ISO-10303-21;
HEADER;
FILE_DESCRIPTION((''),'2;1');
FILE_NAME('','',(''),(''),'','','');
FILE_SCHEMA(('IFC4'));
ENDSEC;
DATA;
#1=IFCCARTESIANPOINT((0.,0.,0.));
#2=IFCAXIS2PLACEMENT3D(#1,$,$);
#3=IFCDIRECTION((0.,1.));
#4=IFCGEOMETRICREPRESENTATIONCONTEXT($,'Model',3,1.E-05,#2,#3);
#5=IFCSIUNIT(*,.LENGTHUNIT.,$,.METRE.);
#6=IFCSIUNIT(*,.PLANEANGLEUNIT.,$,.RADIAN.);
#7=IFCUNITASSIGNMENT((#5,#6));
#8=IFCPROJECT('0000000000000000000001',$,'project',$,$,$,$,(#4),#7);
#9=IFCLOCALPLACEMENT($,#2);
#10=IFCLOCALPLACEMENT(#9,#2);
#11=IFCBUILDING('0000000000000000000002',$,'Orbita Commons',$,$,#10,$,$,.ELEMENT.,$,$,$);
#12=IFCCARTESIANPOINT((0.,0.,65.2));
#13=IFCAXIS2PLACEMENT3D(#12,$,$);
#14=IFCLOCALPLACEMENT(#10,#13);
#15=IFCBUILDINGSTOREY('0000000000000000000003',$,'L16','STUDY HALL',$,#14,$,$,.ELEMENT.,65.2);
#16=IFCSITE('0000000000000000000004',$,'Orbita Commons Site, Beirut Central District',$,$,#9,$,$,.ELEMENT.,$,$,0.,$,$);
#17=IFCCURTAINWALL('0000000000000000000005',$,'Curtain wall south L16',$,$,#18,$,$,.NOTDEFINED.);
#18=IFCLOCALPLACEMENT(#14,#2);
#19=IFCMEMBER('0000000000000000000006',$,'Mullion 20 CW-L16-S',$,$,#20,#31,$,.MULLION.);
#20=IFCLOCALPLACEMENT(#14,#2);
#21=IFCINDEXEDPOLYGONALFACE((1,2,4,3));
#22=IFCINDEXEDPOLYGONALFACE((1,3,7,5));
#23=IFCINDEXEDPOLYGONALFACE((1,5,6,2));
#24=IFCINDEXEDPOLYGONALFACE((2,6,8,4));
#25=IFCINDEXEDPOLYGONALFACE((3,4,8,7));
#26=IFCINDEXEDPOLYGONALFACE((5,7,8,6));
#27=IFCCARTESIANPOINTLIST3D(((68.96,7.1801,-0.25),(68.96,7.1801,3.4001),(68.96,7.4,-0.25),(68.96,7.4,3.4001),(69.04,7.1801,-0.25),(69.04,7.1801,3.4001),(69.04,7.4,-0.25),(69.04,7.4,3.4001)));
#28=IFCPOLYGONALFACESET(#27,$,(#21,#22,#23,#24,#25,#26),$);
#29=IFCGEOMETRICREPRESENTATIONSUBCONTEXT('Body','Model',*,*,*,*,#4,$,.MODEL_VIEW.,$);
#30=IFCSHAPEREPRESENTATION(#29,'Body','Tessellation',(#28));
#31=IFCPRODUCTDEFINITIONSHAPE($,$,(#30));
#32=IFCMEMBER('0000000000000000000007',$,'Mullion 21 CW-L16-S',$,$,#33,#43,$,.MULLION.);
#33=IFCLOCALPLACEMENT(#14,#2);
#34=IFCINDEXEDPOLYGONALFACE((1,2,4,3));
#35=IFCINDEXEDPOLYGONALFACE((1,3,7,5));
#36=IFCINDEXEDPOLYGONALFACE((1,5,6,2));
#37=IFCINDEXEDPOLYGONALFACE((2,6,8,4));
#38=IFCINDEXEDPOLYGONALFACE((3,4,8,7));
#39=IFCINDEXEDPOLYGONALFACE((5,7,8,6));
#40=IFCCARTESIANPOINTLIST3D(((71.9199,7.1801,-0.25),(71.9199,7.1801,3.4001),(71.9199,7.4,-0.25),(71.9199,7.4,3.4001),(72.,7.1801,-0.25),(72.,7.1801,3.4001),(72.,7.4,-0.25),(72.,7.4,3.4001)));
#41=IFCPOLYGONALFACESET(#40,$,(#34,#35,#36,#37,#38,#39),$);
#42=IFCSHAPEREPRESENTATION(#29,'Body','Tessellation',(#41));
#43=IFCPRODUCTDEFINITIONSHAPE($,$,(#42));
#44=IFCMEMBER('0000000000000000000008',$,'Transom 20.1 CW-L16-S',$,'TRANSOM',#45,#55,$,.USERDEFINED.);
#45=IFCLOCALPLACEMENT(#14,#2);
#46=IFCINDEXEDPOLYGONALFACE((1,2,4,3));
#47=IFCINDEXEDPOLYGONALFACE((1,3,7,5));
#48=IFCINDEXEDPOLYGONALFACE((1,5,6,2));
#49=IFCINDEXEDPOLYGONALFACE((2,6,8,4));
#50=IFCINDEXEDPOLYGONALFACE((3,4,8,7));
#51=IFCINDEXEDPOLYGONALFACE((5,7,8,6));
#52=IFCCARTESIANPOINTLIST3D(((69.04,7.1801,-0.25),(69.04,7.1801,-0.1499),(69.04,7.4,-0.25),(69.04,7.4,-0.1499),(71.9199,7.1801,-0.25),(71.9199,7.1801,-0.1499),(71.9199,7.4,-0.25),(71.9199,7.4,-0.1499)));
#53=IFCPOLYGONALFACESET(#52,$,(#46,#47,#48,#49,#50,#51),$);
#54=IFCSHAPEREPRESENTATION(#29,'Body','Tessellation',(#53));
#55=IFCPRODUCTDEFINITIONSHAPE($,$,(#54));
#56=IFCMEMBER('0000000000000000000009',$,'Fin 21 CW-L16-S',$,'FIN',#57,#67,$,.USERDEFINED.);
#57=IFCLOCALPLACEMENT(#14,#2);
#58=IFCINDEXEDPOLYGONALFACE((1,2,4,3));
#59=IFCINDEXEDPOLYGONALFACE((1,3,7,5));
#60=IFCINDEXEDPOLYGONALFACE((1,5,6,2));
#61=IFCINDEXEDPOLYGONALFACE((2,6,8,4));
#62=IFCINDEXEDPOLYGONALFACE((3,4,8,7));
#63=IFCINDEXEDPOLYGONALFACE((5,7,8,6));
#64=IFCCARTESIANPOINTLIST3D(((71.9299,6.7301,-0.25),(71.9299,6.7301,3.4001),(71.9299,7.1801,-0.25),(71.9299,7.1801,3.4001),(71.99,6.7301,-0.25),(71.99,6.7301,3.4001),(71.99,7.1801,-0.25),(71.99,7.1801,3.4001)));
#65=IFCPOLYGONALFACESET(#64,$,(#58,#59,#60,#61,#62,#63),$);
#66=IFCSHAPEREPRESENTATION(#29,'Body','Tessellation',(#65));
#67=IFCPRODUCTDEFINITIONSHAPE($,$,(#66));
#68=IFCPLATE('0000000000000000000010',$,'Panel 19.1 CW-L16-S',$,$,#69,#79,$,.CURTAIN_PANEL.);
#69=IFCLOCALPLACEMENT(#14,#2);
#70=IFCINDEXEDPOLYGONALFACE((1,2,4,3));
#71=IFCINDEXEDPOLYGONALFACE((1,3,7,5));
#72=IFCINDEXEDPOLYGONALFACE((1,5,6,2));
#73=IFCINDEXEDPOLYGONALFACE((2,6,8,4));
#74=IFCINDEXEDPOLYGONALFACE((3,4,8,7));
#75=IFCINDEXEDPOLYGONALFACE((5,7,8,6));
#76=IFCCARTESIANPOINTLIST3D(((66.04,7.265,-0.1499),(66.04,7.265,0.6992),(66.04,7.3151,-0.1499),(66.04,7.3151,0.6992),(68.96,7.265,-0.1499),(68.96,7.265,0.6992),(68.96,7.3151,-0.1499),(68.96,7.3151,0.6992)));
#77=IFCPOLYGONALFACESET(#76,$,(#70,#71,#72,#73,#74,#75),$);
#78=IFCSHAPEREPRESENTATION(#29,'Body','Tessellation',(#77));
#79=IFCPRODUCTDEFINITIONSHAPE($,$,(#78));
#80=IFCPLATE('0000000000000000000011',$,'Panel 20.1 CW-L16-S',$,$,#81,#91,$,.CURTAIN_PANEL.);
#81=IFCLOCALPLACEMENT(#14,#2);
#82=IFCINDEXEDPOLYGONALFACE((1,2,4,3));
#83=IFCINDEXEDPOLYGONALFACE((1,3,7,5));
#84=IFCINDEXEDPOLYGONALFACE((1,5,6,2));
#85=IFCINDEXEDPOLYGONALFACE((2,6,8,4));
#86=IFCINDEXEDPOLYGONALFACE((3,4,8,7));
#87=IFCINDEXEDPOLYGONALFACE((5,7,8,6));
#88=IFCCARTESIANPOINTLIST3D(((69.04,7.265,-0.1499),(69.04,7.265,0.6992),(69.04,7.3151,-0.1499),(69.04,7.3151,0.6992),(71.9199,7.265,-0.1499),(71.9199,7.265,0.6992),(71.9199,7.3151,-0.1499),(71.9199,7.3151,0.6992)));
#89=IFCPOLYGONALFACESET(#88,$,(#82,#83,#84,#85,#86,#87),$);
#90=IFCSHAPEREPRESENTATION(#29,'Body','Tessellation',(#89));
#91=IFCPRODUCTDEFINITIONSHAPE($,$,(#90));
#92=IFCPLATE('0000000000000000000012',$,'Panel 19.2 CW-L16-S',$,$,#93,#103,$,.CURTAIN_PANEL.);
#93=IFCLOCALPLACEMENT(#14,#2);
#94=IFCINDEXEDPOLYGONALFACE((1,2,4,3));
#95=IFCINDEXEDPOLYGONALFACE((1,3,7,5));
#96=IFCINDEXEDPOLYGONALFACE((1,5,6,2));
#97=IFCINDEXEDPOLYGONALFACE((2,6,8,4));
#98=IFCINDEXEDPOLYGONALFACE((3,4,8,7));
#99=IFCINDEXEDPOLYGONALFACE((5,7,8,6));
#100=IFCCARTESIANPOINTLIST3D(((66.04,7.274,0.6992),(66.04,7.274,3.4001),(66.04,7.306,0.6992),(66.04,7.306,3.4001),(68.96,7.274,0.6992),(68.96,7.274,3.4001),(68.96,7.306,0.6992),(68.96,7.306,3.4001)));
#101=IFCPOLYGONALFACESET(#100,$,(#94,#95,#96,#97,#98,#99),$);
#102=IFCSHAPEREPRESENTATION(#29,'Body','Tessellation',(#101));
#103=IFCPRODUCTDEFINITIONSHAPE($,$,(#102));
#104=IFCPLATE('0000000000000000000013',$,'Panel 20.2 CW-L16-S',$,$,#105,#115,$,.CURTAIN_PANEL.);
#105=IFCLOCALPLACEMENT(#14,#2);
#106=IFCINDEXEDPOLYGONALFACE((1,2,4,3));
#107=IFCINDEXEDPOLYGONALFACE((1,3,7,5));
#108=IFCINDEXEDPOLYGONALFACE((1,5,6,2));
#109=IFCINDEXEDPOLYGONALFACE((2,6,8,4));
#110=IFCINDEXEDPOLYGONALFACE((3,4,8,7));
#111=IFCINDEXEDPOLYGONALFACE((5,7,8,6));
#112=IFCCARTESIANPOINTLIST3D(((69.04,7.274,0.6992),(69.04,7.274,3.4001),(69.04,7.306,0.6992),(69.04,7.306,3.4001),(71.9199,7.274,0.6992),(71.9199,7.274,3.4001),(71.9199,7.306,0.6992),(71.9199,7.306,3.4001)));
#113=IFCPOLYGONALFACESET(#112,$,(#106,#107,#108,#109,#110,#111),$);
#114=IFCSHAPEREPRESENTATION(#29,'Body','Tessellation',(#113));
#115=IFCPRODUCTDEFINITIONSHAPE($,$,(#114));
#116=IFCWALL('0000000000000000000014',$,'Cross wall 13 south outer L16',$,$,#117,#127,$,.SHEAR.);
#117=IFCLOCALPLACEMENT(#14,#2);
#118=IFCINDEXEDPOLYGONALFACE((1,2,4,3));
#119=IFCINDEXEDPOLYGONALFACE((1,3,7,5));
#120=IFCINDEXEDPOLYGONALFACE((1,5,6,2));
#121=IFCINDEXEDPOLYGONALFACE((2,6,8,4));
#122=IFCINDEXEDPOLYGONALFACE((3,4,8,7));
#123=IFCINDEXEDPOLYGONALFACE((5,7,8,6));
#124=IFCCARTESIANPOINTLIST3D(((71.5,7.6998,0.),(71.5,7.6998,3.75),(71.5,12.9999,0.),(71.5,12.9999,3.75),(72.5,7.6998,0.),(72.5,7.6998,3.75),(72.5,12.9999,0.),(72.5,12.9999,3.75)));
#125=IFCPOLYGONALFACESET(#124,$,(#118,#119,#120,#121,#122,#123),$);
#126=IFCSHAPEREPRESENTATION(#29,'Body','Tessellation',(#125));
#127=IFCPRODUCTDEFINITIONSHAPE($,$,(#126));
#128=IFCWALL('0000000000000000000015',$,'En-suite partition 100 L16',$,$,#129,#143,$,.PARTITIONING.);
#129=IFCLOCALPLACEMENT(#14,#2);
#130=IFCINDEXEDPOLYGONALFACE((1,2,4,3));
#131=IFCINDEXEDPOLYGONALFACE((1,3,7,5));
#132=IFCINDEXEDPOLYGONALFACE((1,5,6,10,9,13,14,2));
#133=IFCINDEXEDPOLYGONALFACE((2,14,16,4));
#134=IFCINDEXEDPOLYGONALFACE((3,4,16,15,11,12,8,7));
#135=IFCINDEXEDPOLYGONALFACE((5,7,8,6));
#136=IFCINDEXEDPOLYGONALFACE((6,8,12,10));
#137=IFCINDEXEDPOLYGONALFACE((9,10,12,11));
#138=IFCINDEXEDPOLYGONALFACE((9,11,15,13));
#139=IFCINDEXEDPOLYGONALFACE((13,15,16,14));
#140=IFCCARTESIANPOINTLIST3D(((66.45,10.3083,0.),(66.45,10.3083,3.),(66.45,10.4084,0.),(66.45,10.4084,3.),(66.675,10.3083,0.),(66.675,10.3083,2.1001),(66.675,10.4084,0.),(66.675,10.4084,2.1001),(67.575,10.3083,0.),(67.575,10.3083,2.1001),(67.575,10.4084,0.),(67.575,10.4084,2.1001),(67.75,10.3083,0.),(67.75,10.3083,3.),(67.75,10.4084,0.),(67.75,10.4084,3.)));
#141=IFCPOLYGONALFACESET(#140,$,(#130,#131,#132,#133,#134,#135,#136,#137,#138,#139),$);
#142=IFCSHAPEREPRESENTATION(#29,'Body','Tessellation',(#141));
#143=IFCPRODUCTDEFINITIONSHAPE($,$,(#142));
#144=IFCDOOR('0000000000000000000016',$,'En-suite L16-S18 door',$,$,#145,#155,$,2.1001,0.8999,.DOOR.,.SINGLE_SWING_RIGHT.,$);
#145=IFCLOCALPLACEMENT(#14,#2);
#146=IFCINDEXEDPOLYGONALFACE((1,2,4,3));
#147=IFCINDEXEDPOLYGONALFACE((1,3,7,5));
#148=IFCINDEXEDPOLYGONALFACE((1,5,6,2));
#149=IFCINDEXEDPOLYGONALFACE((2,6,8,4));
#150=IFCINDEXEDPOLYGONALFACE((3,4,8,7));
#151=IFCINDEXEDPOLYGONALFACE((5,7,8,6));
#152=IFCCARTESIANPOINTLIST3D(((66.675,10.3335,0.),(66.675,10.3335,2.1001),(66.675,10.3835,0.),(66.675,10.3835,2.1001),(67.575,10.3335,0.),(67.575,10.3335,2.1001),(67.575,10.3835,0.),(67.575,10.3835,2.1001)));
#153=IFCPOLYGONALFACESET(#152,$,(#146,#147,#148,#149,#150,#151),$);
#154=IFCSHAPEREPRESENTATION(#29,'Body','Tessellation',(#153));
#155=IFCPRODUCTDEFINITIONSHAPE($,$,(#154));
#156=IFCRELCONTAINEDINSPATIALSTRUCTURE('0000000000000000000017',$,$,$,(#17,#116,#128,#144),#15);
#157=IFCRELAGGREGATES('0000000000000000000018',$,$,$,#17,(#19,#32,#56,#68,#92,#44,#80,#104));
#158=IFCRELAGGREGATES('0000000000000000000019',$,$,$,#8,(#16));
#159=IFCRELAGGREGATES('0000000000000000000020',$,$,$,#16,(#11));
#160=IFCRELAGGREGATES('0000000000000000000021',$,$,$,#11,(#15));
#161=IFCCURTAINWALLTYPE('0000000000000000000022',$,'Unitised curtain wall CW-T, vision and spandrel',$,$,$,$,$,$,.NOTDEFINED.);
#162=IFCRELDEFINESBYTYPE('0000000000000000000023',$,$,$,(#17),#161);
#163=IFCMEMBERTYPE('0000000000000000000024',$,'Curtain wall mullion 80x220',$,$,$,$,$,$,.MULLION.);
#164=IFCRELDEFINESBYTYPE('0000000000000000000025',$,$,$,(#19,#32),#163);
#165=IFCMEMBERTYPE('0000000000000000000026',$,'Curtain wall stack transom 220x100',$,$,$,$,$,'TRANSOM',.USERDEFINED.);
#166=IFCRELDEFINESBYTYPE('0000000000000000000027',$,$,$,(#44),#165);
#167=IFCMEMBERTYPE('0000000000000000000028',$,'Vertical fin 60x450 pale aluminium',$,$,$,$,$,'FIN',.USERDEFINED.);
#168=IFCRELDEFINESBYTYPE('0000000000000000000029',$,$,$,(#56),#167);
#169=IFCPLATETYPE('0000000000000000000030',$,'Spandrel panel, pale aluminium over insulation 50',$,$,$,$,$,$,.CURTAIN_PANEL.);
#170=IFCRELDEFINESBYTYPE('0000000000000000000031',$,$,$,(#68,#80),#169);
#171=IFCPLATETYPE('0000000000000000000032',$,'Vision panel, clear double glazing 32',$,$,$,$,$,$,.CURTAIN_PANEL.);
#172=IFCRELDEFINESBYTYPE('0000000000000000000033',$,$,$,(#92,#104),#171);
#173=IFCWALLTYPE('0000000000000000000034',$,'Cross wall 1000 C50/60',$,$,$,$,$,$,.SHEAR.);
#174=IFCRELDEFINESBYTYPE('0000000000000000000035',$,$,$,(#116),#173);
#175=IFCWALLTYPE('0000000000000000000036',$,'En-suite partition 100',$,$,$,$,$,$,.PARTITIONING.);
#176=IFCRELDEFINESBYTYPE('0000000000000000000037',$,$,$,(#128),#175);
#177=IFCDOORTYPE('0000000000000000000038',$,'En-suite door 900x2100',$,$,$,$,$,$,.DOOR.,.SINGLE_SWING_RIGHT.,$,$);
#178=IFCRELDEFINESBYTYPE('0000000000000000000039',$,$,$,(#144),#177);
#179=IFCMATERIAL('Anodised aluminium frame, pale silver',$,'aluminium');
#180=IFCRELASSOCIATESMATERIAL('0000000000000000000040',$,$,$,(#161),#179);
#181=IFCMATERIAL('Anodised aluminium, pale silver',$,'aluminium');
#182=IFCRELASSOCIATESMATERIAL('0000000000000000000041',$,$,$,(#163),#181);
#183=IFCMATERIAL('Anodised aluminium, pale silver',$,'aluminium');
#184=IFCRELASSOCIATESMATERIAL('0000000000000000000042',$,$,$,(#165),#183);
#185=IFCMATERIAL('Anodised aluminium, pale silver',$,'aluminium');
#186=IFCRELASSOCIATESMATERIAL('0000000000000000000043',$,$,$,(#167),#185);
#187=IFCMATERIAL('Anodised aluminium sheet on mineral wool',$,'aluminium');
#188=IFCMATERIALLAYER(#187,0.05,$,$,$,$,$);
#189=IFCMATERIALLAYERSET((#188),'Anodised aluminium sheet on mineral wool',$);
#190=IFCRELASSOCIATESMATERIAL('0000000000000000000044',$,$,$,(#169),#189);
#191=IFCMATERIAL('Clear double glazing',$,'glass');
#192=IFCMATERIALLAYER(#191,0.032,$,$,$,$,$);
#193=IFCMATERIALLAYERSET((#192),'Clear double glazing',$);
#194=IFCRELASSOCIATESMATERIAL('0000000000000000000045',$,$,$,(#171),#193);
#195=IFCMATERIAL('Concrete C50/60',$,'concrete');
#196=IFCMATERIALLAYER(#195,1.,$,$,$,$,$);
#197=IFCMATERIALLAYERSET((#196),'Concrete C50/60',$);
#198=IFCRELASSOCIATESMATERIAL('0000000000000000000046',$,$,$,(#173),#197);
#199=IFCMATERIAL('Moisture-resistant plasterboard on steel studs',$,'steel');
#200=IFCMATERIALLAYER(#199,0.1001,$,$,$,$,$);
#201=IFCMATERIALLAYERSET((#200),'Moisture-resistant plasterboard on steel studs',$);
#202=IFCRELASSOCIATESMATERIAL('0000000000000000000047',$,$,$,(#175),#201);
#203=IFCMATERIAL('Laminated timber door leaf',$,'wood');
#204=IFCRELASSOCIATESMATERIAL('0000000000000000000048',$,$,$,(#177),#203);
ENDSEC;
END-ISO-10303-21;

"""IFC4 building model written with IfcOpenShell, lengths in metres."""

from ifc_helpers import new_model, si_unit, direction, frame, frame_2d, origin, origin_2d, place, context, subcontext, project, spatial, polyline, rectangle, outline, extrude, material, layer, layer_set, material_profile, profile_set, type_object, element, fill, aggregate, save


model = new_model("IFC4")

# Units and contexts
model_context = context("Model", 3, precision=1e-05, world=origin(), true_north=direction((0.0, 1.0)))
body_context = subcontext(model_context, "Body", "Model", "MODEL_VIEW")
ifc_project = project(units=[si_unit("LENGTHUNIT", "METRE"), si_unit("PLANEANGLEUNIT", "RADIAN")], contexts=[model_context])

# Site, building, storey
site_placement = place(None, origin())
site = spatial("IfcSite", under=ifc_project, at=site_placement, Name="Orbita Commons Site, Beirut Central District", CompositionType="ELEMENT", RefElevation=0.0)
building_placement = place(site_placement, origin())
building = spatial("IfcBuilding", under=site, at=building_placement, Name="Orbita Commons", CompositionType="ELEMENT")
storey_placement = place(building_placement, frame((0.0, 0.0, 65.2)))
storey = spatial("IfcBuildingStorey", under=building, at=storey_placement, Name="L16", Description="STUDY HALL", CompositionType="ELEMENT", Elevation=65.2)

# Curtain wall, members, plates
ifc_material_1 = material(Name="Anodised aluminium frame, pale silver", Category="aluminium")
curtain_wall_type = type_object("IfcCurtainWallType", Name="Unitised curtain wall CW-T, vision and spandrel", PredefinedType="NOTDEFINED", material=ifc_material_1)
curtain_wall_placement = place(storey_placement, origin())
curtain_wall = element("IfcCurtainWall", 1, at=curtain_wall_placement, inside=storey, type_object=curtain_wall_type, Name="Curtain wall south L16", PredefinedType="NOTDEFINED")
ifc_material_2 = material(Name="Anodised aluminium, pale silver", Category="aluminium")
ifc_material_profile_1 = material_profile(ifc_material_2, rectangle(XDim=0.0801, YDim=0.22, at=origin_2d()), Name="AL 80x220")
ifc_profile_set_1 = profile_set([ifc_material_profile_1], Name="Anodised aluminium, pale silver")
member_type_1 = type_object("IfcMemberType", Name="Curtain wall mullion 80x220", PredefinedType="MULLION", material=ifc_profile_set_1)
member_1_placement = place(storey_placement, frame((69.0, 7.29, -0.25), z_axis=(0.0, 0.0, 1.0), x_axis=(1.0, 0.0, 0.0)))
member_1 = element("IfcMember", 2, at=member_1_placement, type_object=member_type_1, Name="Mullion 20 CW-L16-S", PredefinedType="MULLION", context=body_context, shape_type="SweptSolid", body=[
    extrude(rectangle(XDim=0.0801, YDim=0.22, at=origin_2d()), origin(), (0.0, 0.0, 1.0), 3.6501),
])
member_2_placement = place(storey_placement, frame((71.96, 7.29, -0.25), z_axis=(0.0, 0.0, 1.0), x_axis=(1.0, 0.0, 0.0)))
member_2 = element("IfcMember", 3, at=member_2_placement, type_object=member_type_1, Name="Mullion 21 CW-L16-S", PredefinedType="MULLION", context=body_context, shape_type="SweptSolid", body=[
    extrude(rectangle(XDim=0.0801, YDim=0.22, at=origin_2d()), origin(), (0.0, 0.0, 1.0), 3.6501),
])
ifc_material_3 = material(Name="Anodised aluminium, pale silver", Category="aluminium")
ifc_material_profile_2 = material_profile(ifc_material_3, rectangle(XDim=0.22, YDim=0.1001, at=origin_2d()), Name="AL 220x100")
ifc_profile_set_2 = profile_set([ifc_material_profile_2], Name="Anodised aluminium, pale silver")
member_type_2 = type_object("IfcMemberType", Name="Curtain wall stack transom 220x100", ElementType="TRANSOM", PredefinedType="USERDEFINED", material=ifc_profile_set_2)
member_3_placement = place(storey_placement, frame((69.04, 7.29, -0.2), z_axis=(1.0, 0.0, 0.0), x_axis=(0.0, 1.0, 0.0)))
member_3 = element("IfcMember", 4, at=member_3_placement, type_object=member_type_2, Name="Transom 20.1 CW-L16-S", ObjectType="TRANSOM", PredefinedType="USERDEFINED", context=body_context, shape_type="SweptSolid", body=[
    extrude(rectangle(XDim=0.22, YDim=0.1001, at=origin_2d()), origin(), (0.0, 0.0, 1.0), 2.8799),
])
ifc_material_4 = material(Name="Anodised aluminium, pale silver", Category="aluminium")
ifc_material_profile_3 = material_profile(ifc_material_4, rectangle(XDim=0.0601, YDim=0.45, at=origin_2d()), Name="FIN 60x450")
ifc_profile_set_3 = profile_set([ifc_material_profile_3], Name="Anodised aluminium, pale silver")
member_type_3 = type_object("IfcMemberType", Name="Vertical fin 60x450 pale aluminium", ElementType="FIN", PredefinedType="USERDEFINED", material=ifc_profile_set_3)
member_4_placement = place(storey_placement, frame((71.96, 6.9551, -0.25), z_axis=(0.0, 0.0, 1.0), x_axis=(1.0, 0.0, 0.0)))
member_4 = element("IfcMember", 5, at=member_4_placement, type_object=member_type_3, Name="Fin 21 CW-L16-S", ObjectType="FIN", PredefinedType="USERDEFINED", context=body_context, shape_type="SweptSolid", body=[
    extrude(rectangle(XDim=0.0601, YDim=0.45, at=origin_2d()), origin(), (0.0, 0.0, 1.0), 3.6501),
])
ifc_material_5 = material(Name="Anodised aluminium sheet on mineral wool", Category="aluminium")
ifc_layer_1 = layer(ifc_material_5, 0.05)
ifc_layer_set_1 = layer_set([ifc_layer_1], Name="Anodised aluminium sheet on mineral wool")
plate_type_1 = type_object("IfcPlateType", Name="Spandrel panel, pale aluminium over insulation 50", PredefinedType="CURTAIN_PANEL", material=ifc_layer_set_1)
plate_1_placement = place(storey_placement, frame((67.5, 7.29, -0.1499), z_axis=(0.0, 0.0, 1.0), x_axis=(1.0, 0.0, 0.0)))
plate_1 = element("IfcPlate", 6, at=plate_1_placement, type_object=plate_type_1, Name="Panel 19.1 CW-L16-S", PredefinedType="CURTAIN_PANEL", context=body_context, shape_type="SweptSolid", body=[
    extrude(rectangle(XDim=2.9199, YDim=0.05, at=origin_2d()), origin(), (0.0, 0.0, 1.0), 0.8491),
])
plate_2_placement = place(storey_placement, frame((70.48, 7.29, -0.1499), z_axis=(0.0, 0.0, 1.0), x_axis=(1.0, 0.0, 0.0)))
plate_2 = element("IfcPlate", 7, at=plate_2_placement, type_object=plate_type_1, Name="Panel 20.1 CW-L16-S", PredefinedType="CURTAIN_PANEL", context=body_context, shape_type="SweptSolid", body=[
    extrude(rectangle(XDim=2.8799, YDim=0.05, at=origin_2d()), origin(), (0.0, 0.0, 1.0), 0.8491),
])
ifc_material_6 = material(Name="Clear double glazing", Category="glass")
ifc_layer_2 = layer(ifc_material_6, 0.032)
ifc_layer_set_2 = layer_set([ifc_layer_2], Name="Clear double glazing")
plate_type_2 = type_object("IfcPlateType", Name="Vision panel, clear double glazing 32", PredefinedType="CURTAIN_PANEL", material=ifc_layer_set_2)
plate_3_placement = place(storey_placement, frame((67.5, 7.29, 0.6992), z_axis=(0.0, 0.0, 1.0), x_axis=(1.0, 0.0, 0.0)))
plate_3 = element("IfcPlate", 8, at=plate_3_placement, type_object=plate_type_2, Name="Panel 19.2 CW-L16-S", PredefinedType="CURTAIN_PANEL", context=body_context, shape_type="SweptSolid", body=[
    extrude(rectangle(XDim=2.9199, YDim=0.032, at=origin_2d()), origin(), (0.0, 0.0, 1.0), 2.7009),
])
plate_4_placement = place(storey_placement, frame((70.48, 7.29, 0.6992), z_axis=(0.0, 0.0, 1.0), x_axis=(1.0, 0.0, 0.0)))
plate_4 = element("IfcPlate", 9, at=plate_4_placement, type_object=plate_type_2, Name="Panel 20.2 CW-L16-S", PredefinedType="CURTAIN_PANEL", context=body_context, shape_type="SweptSolid", body=[
    extrude(rectangle(XDim=2.8799, YDim=0.032, at=origin_2d()), origin(), (0.0, 0.0, 1.0), 2.7009),
])
aggregate(curtain_wall, [member_1, member_2, member_4, plate_1, plate_3, member_3, plate_2, plate_4])

# Wall
ifc_material_7 = material(Name="Concrete C50/60", Category="concrete")
ifc_layer_3 = layer(ifc_material_7, 1.0)
ifc_layer_set_3 = layer_set([ifc_layer_3], Name="Concrete C50/60")
wall_type_1 = type_object("IfcWallType", Name="Cross wall 1000 C50/60", PredefinedType="SHEAR", material=ifc_layer_set_3)
wall_1_placement = place(storey_placement, frame((72.0, 7.7, 0.0), z_axis=(0.0, 0.0, 1.0), x_axis=(0.0, 1.0, 0.0)))
element("IfcWall", 10, at=wall_1_placement, inside=storey, type_object=wall_type_1, Name="Cross wall 13 south outer L16", PredefinedType="SHEAR", context=body_context, shape_type="SweptSolid", body=[
    extrude(rectangle(XDim=5.3, YDim=1.0, at=frame_2d((2.6499, 0.0))), origin(), (0.0, 0.0, 1.0), 3.75),
])

# Wall, opening, door
ifc_material_8 = material(Name="Moisture-resistant plasterboard on steel studs", Category="steel")
ifc_layer_4 = layer(ifc_material_8, 0.1001)
ifc_layer_set_4 = layer_set([ifc_layer_4], Name="Moisture-resistant plasterboard on steel studs")
wall_type_2 = type_object("IfcWallType", Name="En-suite partition 100", PredefinedType="PARTITIONING", material=ifc_layer_set_4)
wall_2_placement = place(storey_placement, frame((67.75, 10.3584, 0.0), z_axis=(0.0, 0.0, 1.0), x_axis=(-1.0, 0.0, 0.0)))
wall_2 = element("IfcWall", 11, at=wall_2_placement, inside=storey, type_object=wall_type_2, Name="En-suite partition 100 L16", PredefinedType="PARTITIONING", context=body_context, shape_type="SweptSolid", body=[
    extrude(outline(polyline([(0.0, 0.0), (1.3, 0.0), (1.3, 3.0), (0.0, 3.0), (0.0, 0.0)])), frame((0.0, 0.05, 0.0), z_axis=(0.0, -1.0, 0.0), x_axis=(1.0, 0.0, 0.0)), (0.0, 0.0, 1.0), 0.1001),
])
opening_1_placement = place(wall_2_placement, frame((0.175, 0.0, 0.0)))
opening_1 = element("IfcOpeningElement", 12, at=opening_1_placement, cuts=wall_2, PredefinedType="OPENING", context=body_context, shape_type="SweptSolid", body=[
    extrude(rectangle(XDim=0.8999, YDim=2.1001, at=frame_2d((0.45, 1.05))), frame((0.0, 0.0601, 0.0), z_axis=(0.0, -1.0, 0.0), x_axis=(1.0, 0.0, 0.0)), (0.0, 0.0, 1.0), 0.1201),
])
ifc_material_9 = material(Name="Laminated timber door leaf", Category="wood")
door_type = type_object("IfcDoorType", Name="En-suite door 900x2100", OperationType="SINGLE_SWING_RIGHT", PredefinedType="DOOR", material=ifc_material_9)
door_1_placement = place(opening_1_placement, origin())
door_1 = element("IfcDoor", 13, at=door_1_placement, inside=storey, type_object=door_type, Name="En-suite L16-S18 door", OperationType="SINGLE_SWING_RIGHT", OverallHeight=2.1001, OverallWidth=0.8999, PredefinedType="DOOR", context=body_context, shape_type="SweptSolid", body=[
    extrude(rectangle(XDim=0.8999, YDim=2.1001, at=frame_2d((0.45, 1.05))), frame((0.0, 0.0249, 0.0), z_axis=(0.0, -1.0, 0.0), x_axis=(1.0, 0.0, 0.0)), (0.0, 0.0, 1.0), 0.05),
])
fill(opening_1, door_1)

save(model, "model.ifc")
